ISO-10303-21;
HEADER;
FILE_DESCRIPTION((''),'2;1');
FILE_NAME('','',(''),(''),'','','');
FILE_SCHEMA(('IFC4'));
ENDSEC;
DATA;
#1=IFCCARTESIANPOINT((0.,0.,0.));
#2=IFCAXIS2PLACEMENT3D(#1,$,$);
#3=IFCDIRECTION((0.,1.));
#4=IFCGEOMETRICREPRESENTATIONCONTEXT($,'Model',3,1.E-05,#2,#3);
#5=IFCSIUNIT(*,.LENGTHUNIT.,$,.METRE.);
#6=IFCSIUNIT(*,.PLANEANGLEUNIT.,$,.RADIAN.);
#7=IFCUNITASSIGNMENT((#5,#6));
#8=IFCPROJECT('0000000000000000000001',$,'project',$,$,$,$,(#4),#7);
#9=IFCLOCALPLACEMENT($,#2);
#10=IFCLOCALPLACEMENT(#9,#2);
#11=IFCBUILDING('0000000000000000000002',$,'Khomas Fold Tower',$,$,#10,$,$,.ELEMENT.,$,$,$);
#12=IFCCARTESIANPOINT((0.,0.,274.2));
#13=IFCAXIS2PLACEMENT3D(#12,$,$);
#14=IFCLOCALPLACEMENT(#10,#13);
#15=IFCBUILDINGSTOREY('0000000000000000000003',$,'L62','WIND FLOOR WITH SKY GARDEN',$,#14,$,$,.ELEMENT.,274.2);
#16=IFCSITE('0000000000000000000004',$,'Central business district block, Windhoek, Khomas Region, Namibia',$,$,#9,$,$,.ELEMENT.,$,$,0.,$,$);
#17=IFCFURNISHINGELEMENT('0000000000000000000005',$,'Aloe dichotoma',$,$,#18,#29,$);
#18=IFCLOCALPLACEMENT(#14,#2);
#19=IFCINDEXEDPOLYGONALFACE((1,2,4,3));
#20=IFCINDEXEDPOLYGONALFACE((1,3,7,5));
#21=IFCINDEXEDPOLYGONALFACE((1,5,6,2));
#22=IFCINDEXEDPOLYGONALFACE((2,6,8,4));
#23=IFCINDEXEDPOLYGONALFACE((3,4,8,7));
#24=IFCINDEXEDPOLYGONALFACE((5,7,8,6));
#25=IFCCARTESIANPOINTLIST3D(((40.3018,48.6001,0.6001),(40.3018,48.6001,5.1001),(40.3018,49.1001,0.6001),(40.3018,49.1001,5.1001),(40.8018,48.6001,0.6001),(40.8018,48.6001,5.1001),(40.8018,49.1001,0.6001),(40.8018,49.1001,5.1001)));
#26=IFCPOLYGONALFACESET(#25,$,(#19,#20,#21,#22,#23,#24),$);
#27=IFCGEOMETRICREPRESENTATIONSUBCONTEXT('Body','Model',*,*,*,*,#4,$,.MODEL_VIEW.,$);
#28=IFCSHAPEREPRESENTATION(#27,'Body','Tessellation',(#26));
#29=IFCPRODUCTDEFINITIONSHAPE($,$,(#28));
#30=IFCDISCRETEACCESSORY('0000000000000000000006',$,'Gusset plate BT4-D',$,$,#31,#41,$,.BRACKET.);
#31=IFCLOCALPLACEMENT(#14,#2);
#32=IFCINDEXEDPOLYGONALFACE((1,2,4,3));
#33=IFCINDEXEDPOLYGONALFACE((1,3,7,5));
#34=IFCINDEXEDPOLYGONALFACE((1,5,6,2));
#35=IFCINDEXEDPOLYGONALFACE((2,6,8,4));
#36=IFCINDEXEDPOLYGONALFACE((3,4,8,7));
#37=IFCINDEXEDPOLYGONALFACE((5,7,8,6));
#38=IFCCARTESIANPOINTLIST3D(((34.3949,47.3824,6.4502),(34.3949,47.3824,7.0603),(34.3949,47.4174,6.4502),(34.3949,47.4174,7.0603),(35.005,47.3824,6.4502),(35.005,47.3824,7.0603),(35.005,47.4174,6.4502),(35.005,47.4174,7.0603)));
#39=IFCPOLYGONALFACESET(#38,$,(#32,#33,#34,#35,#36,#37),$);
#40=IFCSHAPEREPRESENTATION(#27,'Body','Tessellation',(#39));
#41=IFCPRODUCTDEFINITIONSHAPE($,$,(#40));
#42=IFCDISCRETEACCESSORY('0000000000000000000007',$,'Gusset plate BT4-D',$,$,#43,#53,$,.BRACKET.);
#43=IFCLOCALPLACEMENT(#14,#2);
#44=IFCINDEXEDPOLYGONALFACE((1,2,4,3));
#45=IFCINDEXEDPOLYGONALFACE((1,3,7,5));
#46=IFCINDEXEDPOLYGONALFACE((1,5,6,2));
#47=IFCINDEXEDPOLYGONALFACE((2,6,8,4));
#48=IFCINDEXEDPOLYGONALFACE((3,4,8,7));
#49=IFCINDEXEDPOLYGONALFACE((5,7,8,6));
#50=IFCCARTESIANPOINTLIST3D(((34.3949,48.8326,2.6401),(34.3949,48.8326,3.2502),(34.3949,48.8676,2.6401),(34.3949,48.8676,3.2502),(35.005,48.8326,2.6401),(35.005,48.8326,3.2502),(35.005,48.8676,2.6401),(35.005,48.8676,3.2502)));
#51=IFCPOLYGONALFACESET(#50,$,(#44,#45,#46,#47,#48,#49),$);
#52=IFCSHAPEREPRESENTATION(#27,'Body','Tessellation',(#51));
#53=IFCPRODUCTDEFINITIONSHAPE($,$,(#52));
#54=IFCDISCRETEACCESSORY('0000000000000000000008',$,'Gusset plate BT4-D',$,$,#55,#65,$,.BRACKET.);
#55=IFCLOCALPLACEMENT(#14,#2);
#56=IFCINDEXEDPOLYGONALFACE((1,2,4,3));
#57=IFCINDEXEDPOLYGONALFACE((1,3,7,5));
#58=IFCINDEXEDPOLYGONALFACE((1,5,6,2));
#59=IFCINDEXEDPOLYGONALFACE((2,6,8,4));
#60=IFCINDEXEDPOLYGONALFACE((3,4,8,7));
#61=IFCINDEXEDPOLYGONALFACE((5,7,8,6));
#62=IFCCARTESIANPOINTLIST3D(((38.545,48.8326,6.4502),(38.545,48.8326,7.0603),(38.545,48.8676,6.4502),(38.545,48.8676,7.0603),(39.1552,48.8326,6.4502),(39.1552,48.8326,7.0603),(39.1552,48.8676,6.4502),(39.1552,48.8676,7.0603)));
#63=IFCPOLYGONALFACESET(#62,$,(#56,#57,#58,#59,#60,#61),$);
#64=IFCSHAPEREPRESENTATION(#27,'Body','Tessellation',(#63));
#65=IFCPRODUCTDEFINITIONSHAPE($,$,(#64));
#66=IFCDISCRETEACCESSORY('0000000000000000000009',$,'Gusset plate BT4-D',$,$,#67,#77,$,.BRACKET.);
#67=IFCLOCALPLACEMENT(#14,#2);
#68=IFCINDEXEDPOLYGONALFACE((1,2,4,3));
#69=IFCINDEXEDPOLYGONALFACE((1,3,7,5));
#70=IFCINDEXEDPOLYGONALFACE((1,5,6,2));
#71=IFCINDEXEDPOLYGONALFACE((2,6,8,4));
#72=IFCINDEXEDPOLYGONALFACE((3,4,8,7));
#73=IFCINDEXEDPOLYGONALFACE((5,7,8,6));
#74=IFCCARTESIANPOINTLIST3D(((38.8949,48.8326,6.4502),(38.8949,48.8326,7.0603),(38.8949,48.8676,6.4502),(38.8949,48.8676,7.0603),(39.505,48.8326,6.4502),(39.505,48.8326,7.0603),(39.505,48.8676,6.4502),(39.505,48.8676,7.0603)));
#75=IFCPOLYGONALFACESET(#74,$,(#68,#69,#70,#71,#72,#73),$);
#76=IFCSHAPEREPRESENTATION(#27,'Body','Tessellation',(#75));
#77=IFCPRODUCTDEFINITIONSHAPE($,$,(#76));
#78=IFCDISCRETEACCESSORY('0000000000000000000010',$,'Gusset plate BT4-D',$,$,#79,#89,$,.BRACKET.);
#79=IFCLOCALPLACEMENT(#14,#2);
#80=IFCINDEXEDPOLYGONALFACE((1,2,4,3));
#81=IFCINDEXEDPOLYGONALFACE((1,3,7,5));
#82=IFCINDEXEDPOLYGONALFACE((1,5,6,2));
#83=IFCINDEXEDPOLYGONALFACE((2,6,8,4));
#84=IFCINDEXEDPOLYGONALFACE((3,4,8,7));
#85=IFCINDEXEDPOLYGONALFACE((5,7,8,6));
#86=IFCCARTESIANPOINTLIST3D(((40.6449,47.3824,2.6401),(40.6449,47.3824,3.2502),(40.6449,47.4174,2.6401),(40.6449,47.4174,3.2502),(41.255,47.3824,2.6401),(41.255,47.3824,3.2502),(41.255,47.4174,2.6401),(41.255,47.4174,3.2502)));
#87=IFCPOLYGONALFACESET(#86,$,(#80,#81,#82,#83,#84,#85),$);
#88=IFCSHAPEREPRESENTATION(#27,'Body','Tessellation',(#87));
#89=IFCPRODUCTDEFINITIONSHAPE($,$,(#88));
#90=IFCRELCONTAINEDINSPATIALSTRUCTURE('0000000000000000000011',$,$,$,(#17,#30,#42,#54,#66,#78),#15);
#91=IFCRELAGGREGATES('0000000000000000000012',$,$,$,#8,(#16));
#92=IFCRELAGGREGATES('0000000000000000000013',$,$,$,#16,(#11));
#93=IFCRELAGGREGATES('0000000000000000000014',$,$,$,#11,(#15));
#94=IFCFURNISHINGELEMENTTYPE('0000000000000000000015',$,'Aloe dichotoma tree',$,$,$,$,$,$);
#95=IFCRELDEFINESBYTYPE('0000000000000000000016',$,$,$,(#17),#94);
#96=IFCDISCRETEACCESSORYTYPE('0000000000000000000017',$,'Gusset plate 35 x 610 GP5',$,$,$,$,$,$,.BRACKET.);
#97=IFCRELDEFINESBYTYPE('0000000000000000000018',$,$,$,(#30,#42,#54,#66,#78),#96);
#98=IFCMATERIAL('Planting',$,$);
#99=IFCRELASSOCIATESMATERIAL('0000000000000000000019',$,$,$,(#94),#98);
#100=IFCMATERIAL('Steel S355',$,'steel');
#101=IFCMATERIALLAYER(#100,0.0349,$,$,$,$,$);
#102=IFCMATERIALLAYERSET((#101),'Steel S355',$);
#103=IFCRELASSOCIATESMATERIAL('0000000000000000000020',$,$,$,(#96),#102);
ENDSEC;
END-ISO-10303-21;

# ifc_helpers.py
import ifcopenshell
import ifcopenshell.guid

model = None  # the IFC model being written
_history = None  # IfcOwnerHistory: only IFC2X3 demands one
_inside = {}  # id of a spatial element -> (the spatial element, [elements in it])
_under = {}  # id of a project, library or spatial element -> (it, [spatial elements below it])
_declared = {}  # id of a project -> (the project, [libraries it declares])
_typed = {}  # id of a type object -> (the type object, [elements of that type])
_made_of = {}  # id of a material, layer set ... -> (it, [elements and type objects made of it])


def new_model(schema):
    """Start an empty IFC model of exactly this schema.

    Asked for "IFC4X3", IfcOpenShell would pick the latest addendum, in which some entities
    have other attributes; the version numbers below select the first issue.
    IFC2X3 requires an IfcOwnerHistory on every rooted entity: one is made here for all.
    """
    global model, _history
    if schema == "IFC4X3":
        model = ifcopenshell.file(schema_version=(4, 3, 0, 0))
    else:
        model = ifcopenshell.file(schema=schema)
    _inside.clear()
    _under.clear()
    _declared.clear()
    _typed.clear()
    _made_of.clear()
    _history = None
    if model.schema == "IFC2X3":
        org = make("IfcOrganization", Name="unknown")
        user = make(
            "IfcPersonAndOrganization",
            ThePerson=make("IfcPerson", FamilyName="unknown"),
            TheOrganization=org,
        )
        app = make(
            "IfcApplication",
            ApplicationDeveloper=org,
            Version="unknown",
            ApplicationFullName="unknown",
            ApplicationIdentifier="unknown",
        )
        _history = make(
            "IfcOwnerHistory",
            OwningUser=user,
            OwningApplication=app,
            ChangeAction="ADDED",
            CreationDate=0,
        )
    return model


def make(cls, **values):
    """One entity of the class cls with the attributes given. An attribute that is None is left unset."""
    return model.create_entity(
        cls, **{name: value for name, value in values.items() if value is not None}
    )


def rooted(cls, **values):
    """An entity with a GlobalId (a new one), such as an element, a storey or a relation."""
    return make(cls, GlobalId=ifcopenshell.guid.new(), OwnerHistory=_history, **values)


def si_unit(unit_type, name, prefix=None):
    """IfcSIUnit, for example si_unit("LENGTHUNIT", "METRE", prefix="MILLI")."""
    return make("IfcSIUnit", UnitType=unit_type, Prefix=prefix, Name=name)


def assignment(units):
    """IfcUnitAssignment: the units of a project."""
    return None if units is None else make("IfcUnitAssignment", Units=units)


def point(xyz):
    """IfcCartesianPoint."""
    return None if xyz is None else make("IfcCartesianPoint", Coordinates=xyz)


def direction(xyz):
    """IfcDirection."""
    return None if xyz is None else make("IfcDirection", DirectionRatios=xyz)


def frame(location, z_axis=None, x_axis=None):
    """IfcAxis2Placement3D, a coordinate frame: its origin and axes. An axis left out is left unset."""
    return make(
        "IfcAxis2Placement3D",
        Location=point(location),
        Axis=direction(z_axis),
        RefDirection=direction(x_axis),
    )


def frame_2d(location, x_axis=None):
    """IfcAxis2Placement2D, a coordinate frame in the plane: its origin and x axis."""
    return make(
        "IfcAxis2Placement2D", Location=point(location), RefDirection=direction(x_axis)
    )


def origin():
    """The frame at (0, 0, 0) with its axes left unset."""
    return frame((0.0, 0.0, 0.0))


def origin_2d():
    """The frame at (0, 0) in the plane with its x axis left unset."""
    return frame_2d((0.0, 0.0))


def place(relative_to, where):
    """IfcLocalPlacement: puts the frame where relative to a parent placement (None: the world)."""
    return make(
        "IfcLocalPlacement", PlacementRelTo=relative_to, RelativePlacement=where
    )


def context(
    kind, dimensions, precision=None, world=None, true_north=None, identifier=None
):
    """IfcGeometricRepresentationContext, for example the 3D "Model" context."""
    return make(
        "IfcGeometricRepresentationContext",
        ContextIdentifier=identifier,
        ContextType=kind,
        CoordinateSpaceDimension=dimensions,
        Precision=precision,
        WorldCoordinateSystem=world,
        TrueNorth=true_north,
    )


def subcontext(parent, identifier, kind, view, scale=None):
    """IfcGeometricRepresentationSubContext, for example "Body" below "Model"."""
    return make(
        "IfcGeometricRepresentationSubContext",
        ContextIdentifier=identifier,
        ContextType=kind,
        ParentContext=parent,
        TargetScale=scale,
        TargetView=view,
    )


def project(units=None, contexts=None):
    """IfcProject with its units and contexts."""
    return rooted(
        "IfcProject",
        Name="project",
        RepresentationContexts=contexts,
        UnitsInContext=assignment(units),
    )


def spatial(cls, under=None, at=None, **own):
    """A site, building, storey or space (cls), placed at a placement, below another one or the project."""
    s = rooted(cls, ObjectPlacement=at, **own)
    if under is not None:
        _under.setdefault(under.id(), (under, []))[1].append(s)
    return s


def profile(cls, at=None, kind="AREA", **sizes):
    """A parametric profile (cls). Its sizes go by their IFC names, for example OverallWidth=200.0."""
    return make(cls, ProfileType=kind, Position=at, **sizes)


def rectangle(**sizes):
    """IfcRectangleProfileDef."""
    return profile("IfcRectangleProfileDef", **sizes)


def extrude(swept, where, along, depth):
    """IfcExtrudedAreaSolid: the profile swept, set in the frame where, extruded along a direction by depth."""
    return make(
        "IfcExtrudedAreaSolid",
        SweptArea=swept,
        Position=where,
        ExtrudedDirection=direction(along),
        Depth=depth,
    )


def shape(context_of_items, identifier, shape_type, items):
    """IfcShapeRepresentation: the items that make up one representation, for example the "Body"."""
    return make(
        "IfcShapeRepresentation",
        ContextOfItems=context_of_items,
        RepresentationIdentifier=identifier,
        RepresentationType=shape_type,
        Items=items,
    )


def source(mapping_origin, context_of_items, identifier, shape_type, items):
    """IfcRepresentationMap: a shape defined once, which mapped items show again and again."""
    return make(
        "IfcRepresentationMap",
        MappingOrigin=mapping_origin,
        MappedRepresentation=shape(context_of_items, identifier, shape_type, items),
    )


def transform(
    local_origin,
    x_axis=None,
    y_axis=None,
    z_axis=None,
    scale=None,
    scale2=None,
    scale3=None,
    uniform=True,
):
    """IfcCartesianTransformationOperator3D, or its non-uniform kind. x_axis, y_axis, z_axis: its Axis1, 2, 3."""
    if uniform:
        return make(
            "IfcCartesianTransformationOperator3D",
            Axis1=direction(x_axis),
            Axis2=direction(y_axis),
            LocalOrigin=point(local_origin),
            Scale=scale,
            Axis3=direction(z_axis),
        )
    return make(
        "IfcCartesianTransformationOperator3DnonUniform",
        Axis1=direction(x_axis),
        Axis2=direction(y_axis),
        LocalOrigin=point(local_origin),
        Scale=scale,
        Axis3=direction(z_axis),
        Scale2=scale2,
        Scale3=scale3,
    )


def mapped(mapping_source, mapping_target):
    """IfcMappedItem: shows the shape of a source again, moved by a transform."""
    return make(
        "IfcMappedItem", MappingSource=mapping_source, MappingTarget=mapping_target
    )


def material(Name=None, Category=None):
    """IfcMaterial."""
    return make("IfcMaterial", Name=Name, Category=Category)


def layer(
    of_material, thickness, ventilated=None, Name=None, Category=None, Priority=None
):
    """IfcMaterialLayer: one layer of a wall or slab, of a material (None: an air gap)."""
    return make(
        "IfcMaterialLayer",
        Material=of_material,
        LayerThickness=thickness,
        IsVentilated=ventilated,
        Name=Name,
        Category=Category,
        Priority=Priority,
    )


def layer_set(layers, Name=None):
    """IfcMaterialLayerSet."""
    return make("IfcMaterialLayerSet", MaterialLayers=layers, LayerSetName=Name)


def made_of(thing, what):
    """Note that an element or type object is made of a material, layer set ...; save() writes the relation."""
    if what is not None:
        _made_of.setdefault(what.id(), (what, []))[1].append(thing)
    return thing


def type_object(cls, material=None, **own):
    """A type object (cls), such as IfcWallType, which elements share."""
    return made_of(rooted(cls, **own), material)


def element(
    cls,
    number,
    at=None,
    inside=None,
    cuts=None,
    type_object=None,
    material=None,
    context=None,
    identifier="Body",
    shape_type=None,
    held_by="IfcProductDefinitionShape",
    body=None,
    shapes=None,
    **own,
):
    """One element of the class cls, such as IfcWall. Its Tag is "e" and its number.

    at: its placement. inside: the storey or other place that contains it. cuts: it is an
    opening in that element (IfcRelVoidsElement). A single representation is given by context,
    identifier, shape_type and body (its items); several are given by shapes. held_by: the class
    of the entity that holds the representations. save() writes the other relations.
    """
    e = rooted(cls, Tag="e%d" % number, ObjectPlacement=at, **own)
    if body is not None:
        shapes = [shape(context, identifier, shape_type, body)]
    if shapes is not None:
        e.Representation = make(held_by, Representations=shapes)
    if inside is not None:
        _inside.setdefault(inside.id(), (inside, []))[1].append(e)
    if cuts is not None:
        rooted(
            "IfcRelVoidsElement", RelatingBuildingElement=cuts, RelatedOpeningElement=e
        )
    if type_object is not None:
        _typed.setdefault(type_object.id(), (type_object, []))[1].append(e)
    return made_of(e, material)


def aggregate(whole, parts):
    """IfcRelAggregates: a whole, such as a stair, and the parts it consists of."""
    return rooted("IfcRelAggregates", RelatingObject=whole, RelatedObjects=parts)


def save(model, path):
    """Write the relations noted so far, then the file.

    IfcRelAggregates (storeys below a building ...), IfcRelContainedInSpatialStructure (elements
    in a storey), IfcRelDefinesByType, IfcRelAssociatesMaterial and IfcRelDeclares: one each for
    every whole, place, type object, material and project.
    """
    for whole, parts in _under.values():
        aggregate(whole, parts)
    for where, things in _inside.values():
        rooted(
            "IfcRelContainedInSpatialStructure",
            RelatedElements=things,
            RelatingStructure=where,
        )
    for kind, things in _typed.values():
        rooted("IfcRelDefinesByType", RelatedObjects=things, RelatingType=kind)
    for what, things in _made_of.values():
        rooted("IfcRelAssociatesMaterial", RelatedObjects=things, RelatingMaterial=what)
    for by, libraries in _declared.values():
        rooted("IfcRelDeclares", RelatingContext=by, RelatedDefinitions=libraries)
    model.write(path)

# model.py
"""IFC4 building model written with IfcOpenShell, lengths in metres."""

from ifc_helpers import new_model, si_unit, direction, frame, origin, origin_2d, place, context, subcontext, project, spatial, rectangle, extrude, source, transform, mapped, material, layer, layer_set, type_object, element, save


model = new_model("IFC4")

# Units and contexts
model_context = context("Model", 3, precision=1e-05, world=origin(), true_north=direction((0.0, 1.0)))
body_context = subcontext(model_context, "Body", "Model", "MODEL_VIEW")
ifc_project = project(units=[si_unit("LENGTHUNIT", "METRE"), si_unit("PLANEANGLEUNIT", "RADIAN")], contexts=[model_context])

# Site, building, storey
site_placement = place(None, origin())
site = spatial("IfcSite", under=ifc_project, at=site_placement, Name="Central business district block, Windhoek, Khomas Region, Namibia", CompositionType="ELEMENT", RefElevation=0.0)
building_placement = place(site_placement, origin())
building = spatial("IfcBuilding", under=site, at=building_placement, Name="Khomas Fold Tower", CompositionType="ELEMENT")
storey_placement = place(building_placement, frame((0.0, 0.0, 274.2)))
storey = spatial("IfcBuildingStorey", under=building, at=storey_placement, Name="L62", Description="WIND FLOOR WITH SKY GARDEN", CompositionType="ELEMENT", Elevation=274.2)

# Furnishing element
ifc_material_1 = material(Name="Planting")
furnishing_element_type_1 = type_object("IfcFurnishingElementType", Name="Aloe dichotoma tree", material=ifc_material_1)
shared_shape_1 = source(origin(), body_context, "Body", "SweptSolid", [
    extrude(rectangle(XDim=0.5, YDim=0.5, at=origin_2d()), origin(), (0.0, 0.0, 1.0), 4.5),
])
furnishing_1_placement = place(storey_placement, frame((40.5518, 48.8501, 0.6001), z_axis=(0.0, 0.0, 1.0), x_axis=(1.0, 0.0, 0.0)))
element("IfcFurnishingElement", 1, at=furnishing_1_placement, inside=storey, type_object=furnishing_element_type_1, Name="Aloe dichotoma", context=body_context, shape_type="MappedRepresentation", body=[
    mapped(shared_shape_1, transform((0.0, 0.0, 0.0))),
])

# Discrete accessories
ifc_material_2 = material(Name="Steel S355", Category="steel")
ifc_layer_1 = layer(ifc_material_2, 0.0349)
ifc_layer_set_1 = layer_set([ifc_layer_1], Name="Steel S355")
discrete_accessory_type = type_object("IfcDiscreteAccessoryType", Name="Gusset plate 35 x 610 GP5", PredefinedType="BRACKET", material=ifc_layer_set_1)
shared_shape_2 = source(origin(), body_context, "Body", "SweptSolid", [
    extrude(rectangle(XDim=0.6101, YDim=0.0349, at=origin_2d()), origin(), (0.0, 0.0, 1.0), 0.6101),
])
for number, where, z_axis, x_axis, name in (
    (2, (34.7, 47.3999, 6.4502), (0.0, 0.0, 1.0), (1.0, 0.0, 0.0), "Gusset plate BT4-D"),
    (3, (34.7, 48.8501, 2.6401), (0.0, 0.0, 1.0), (1.0, 0.0, 0.0), "Gusset plate BT4-D"),
    (4, (38.8501, 48.8501, 6.4502), (0.0, 0.0, 1.0), (1.0, 0.0, 0.0), "Gusset plate BT4-D"),
    (5, (39.2, 48.8501, 6.4502), (0.0, 0.0, 1.0), (1.0, 0.0, 0.0), "Gusset plate BT4-D"),
    (6, (40.95, 47.3999, 2.6401), (0.0, 0.0, 1.0), (1.0, 0.0, 0.0), "Gusset plate BT4-D"),
):
    element("IfcDiscreteAccessory", number, at=place(storey_placement, frame(where, z_axis=z_axis, x_axis=x_axis)), inside=storey, type_object=discrete_accessory_type, Name=name, PredefinedType="BRACKET", context=body_context, shape_type="MappedRepresentation", body=[
        mapped(shared_shape_2, transform((0.0, 0.0, 0.0))),
    ])

save(model, "model.ifc")
